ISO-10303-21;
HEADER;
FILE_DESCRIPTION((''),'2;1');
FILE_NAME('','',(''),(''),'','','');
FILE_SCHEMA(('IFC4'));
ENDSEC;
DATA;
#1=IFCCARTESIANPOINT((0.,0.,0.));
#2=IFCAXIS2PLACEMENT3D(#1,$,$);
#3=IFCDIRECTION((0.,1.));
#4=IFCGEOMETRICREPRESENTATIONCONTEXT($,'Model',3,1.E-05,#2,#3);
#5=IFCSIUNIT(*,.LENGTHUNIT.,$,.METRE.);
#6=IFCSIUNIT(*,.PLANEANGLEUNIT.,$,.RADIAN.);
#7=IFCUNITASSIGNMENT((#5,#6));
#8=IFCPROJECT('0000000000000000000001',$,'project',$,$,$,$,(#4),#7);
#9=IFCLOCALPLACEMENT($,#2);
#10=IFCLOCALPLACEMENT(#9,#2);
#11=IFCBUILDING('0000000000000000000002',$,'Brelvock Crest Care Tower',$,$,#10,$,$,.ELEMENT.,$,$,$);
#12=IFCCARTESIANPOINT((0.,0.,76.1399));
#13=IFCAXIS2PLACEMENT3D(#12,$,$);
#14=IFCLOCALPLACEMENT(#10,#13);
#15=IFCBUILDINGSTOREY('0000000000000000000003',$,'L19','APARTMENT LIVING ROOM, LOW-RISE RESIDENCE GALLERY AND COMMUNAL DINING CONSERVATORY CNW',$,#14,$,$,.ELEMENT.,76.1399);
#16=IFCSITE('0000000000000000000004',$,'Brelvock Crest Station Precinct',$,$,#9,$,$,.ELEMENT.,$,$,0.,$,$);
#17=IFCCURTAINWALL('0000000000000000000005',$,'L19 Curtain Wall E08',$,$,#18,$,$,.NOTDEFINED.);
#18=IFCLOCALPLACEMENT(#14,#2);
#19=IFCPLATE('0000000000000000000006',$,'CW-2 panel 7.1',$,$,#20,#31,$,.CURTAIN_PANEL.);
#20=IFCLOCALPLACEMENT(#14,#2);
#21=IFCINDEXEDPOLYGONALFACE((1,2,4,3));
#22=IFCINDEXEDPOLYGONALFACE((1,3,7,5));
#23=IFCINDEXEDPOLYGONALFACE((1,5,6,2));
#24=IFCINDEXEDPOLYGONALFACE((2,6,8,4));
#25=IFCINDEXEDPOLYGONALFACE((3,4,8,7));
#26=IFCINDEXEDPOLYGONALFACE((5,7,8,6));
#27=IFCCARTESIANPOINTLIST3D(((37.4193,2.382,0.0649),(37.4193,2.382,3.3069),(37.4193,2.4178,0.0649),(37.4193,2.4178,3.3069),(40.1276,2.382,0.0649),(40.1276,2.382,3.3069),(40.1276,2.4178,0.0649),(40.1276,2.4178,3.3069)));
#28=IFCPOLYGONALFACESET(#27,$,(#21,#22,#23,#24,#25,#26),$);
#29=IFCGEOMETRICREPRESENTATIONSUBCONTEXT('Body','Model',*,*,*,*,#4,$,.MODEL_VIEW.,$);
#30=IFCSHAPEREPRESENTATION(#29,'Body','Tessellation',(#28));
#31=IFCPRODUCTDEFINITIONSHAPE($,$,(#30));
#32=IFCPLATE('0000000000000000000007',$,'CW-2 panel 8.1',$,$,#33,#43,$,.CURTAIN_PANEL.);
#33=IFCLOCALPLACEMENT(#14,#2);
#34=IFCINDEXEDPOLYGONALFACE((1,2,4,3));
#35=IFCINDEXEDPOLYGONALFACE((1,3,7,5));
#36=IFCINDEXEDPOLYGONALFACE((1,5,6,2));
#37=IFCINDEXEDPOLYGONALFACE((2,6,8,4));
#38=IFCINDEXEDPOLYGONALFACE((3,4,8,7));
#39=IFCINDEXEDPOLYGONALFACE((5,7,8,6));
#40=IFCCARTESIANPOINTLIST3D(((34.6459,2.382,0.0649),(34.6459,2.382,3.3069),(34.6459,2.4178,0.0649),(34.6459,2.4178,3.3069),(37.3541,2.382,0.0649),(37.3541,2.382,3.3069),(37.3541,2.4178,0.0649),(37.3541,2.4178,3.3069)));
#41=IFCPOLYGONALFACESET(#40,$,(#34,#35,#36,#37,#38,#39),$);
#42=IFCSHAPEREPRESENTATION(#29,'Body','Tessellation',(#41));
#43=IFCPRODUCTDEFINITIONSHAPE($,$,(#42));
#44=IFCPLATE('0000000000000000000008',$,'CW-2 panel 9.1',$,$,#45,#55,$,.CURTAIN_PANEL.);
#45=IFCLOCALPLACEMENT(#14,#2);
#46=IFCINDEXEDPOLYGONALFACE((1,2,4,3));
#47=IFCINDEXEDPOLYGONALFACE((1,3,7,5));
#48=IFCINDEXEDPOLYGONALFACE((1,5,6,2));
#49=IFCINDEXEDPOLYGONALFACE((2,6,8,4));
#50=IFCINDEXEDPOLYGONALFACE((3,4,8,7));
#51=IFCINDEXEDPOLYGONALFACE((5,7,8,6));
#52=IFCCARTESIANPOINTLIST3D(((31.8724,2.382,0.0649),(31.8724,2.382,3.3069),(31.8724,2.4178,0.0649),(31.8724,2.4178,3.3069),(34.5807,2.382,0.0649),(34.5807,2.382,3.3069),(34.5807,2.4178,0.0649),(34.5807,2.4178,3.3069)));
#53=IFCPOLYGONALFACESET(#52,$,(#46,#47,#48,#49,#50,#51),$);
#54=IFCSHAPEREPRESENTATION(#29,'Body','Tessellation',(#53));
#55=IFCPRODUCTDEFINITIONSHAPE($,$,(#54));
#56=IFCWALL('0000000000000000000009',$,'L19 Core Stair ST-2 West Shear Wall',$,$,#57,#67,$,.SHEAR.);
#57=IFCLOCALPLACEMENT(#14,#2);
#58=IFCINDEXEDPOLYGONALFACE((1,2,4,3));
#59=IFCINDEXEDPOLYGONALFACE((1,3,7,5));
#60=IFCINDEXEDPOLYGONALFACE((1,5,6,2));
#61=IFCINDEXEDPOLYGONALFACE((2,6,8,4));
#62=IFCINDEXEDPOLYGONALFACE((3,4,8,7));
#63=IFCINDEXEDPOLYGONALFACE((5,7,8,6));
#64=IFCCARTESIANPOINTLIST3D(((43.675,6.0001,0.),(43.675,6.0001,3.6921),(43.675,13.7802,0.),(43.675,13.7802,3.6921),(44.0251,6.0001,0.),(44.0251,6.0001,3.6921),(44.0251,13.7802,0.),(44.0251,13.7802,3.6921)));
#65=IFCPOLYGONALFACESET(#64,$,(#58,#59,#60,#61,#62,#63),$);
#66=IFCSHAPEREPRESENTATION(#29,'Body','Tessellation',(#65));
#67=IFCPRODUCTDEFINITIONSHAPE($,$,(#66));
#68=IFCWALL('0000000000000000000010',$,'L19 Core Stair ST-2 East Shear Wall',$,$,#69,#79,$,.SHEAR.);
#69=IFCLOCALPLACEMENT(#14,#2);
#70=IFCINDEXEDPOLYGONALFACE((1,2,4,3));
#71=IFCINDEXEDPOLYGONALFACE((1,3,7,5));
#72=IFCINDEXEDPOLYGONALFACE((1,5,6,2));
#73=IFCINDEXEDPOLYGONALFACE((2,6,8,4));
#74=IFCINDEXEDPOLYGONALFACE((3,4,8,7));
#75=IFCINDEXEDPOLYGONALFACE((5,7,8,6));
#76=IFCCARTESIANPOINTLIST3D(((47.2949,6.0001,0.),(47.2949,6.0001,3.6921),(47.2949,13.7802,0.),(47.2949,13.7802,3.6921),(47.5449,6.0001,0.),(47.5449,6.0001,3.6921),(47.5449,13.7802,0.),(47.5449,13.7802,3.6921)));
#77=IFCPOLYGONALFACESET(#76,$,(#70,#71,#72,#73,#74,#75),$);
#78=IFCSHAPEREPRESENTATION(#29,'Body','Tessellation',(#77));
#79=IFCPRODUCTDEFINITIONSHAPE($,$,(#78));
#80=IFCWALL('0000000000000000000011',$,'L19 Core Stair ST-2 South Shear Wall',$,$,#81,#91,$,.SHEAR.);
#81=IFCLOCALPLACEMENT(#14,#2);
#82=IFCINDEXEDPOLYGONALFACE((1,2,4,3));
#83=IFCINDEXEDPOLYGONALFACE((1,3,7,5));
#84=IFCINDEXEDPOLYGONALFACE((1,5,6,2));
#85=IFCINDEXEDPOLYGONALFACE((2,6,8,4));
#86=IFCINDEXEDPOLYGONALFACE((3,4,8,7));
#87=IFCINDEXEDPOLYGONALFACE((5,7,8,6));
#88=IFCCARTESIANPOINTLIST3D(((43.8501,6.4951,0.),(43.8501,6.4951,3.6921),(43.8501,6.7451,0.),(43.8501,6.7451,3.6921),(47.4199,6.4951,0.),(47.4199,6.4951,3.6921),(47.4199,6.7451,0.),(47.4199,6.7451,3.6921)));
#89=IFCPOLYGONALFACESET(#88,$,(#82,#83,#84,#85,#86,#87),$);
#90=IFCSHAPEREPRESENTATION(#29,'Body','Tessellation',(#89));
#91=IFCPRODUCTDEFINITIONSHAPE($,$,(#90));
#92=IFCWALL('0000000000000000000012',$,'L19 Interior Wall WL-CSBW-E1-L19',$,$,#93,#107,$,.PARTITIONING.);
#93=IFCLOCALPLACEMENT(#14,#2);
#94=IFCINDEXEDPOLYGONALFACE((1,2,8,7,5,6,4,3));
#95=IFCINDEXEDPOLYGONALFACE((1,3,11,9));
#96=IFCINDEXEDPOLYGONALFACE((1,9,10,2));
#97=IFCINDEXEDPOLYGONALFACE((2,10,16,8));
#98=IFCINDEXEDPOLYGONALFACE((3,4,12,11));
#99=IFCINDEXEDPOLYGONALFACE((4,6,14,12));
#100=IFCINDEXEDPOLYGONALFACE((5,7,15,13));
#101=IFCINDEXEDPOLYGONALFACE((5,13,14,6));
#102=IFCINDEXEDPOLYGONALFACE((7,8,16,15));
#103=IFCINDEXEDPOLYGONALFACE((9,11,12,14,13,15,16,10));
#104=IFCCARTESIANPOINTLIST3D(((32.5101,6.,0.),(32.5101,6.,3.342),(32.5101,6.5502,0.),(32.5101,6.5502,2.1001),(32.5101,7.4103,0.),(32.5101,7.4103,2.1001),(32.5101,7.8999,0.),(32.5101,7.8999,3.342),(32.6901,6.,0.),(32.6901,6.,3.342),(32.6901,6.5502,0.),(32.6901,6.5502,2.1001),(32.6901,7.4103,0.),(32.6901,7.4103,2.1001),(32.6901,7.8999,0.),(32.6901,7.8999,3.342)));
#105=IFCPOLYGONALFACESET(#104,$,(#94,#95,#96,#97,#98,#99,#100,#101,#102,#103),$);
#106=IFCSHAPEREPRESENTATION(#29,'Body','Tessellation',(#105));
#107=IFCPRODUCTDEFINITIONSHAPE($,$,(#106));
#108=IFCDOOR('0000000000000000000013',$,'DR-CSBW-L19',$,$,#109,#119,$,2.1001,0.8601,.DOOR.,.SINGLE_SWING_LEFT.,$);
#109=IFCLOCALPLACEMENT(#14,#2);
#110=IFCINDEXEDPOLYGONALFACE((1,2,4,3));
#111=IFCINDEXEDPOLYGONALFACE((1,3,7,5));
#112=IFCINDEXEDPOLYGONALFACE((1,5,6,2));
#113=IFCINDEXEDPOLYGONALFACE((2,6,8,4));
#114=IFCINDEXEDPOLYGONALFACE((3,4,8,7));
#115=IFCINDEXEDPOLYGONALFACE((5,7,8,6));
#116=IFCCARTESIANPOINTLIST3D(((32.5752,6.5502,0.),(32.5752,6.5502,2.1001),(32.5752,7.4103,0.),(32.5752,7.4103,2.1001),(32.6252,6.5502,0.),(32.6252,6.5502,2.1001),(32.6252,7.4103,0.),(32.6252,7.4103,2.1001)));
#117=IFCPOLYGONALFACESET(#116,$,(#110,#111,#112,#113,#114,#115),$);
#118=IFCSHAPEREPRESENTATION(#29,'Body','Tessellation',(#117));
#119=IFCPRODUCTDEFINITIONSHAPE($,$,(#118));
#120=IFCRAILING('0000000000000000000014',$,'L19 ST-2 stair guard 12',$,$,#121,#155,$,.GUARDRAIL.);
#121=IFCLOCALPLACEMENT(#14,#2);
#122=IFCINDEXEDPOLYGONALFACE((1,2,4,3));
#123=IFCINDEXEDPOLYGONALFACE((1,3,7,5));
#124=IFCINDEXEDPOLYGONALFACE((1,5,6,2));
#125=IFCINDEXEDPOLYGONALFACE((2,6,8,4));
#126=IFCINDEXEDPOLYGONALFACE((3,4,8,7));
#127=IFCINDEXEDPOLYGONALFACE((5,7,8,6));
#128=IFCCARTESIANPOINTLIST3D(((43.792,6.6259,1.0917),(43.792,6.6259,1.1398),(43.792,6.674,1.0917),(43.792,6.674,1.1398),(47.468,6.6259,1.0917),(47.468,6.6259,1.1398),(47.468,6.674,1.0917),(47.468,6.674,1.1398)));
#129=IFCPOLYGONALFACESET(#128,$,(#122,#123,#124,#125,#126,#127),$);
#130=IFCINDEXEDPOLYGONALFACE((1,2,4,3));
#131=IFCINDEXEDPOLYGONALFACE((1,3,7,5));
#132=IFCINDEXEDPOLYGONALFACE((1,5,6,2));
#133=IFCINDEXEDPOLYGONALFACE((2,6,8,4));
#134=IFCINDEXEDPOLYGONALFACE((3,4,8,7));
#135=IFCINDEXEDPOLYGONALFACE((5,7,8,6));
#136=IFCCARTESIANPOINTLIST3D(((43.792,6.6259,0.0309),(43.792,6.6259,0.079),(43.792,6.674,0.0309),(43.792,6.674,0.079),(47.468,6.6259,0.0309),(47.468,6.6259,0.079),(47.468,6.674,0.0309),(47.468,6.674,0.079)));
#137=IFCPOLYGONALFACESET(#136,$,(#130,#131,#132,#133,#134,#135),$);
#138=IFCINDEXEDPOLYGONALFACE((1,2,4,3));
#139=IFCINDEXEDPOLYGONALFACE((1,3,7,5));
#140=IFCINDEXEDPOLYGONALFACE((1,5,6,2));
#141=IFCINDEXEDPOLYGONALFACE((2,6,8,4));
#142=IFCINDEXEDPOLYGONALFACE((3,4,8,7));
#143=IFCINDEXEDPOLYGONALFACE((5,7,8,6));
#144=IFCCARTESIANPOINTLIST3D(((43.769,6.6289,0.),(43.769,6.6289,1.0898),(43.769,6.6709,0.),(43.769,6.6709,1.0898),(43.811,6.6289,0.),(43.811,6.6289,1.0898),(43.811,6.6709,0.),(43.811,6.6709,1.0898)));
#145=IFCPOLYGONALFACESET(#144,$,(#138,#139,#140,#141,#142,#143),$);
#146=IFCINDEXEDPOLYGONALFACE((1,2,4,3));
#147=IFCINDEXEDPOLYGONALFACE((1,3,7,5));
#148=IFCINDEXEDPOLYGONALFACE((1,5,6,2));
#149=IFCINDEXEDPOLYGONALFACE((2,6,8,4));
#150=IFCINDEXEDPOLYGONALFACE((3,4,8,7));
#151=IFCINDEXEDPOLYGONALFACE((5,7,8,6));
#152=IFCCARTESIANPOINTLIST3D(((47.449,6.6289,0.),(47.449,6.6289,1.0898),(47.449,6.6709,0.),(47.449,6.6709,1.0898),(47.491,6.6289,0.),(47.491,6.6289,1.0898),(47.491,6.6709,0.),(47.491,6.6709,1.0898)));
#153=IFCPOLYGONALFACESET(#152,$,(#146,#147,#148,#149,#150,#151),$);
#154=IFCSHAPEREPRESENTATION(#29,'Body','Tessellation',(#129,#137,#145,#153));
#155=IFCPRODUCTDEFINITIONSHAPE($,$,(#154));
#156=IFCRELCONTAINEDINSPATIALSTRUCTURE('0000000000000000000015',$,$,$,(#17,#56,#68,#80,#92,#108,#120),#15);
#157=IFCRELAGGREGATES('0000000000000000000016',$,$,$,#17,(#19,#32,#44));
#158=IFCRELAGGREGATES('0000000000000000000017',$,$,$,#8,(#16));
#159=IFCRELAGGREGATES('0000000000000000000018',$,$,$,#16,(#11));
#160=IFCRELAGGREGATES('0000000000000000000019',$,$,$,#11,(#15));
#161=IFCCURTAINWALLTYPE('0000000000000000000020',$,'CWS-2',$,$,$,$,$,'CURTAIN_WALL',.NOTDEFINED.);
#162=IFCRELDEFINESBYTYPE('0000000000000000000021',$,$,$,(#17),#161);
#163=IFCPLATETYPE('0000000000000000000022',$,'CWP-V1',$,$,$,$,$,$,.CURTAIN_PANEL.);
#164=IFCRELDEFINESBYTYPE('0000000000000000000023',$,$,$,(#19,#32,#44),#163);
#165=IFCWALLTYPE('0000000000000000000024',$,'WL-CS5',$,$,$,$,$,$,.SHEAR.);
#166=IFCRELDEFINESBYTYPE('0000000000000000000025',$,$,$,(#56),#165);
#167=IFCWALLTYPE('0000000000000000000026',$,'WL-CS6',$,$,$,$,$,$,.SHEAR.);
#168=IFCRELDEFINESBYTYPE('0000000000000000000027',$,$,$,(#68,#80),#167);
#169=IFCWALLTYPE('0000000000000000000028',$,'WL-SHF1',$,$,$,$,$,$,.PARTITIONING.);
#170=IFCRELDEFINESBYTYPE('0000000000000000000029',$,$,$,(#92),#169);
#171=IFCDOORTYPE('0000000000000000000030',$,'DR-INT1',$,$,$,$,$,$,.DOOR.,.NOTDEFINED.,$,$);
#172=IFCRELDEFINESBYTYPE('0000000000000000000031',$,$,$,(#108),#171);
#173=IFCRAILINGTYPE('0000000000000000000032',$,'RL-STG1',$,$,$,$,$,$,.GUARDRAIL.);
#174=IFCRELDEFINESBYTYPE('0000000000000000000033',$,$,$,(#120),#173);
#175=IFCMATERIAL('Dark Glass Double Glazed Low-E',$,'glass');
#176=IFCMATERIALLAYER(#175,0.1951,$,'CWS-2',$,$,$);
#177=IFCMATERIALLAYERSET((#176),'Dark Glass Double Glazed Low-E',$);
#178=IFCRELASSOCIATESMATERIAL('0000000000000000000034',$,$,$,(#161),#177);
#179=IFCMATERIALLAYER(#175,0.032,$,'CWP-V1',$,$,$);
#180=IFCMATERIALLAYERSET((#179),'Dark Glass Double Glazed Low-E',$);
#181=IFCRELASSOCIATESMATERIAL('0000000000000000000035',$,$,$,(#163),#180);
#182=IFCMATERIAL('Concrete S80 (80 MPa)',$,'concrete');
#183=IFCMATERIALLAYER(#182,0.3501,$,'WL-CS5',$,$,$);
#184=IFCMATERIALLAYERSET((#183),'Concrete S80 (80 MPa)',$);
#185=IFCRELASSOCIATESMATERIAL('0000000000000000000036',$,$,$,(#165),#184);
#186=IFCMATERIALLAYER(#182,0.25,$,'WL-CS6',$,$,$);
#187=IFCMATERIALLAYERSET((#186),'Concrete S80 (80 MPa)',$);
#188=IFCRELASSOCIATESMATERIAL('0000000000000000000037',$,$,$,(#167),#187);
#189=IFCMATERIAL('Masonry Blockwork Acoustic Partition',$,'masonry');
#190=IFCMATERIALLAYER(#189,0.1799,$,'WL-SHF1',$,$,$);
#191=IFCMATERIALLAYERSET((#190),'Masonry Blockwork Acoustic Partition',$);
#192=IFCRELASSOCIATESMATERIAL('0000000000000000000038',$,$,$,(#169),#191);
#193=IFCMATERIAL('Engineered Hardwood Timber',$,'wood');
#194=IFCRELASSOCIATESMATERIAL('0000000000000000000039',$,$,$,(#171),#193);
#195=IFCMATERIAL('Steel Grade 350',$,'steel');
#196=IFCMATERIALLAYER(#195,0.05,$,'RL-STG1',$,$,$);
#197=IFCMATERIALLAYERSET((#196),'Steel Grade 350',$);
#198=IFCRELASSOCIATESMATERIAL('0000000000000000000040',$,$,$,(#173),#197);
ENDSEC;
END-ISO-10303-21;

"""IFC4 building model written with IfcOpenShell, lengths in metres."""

from ifc_helpers import new_model, si_unit, direction, frame, frame_2d, origin, origin_2d, place, context, subcontext, project, spatial, rectangle, extrude, source, transform, mapped, material, layer, layer_set, type_object, element, fill, aggregate, save


model = new_model("IFC4")

# Units and contexts
model_context = context("Model", 3, precision=1e-05, world=origin(), true_north=direction((0.0, 1.0)))
body_context = subcontext(model_context, "Body", "Model", "MODEL_VIEW")
ifc_project = project(units=[si_unit("LENGTHUNIT", "METRE"), si_unit("PLANEANGLEUNIT", "RADIAN")], contexts=[model_context])

# Site, building, storey
site_placement = place(None, origin())
site = spatial("IfcSite", under=ifc_project, at=site_placement, Name="Brelvock Crest Station Precinct", CompositionType="ELEMENT", RefElevation=0.0)
building_placement = place(site_placement, origin())
building = spatial("IfcBuilding", under=site, at=building_placement, Name="Brelvock Crest Care Tower", CompositionType="ELEMENT")
storey_placement = place(building_placement, frame((0.0, 0.0, 76.1399)))
storey = spatial("IfcBuildingStorey", under=building, at=storey_placement, Name="L19", Description="APARTMENT LIVING ROOM, LOW-RISE RESIDENCE GALLERY AND COMMUNAL DINING CONSERVATORY CNW", CompositionType="ELEMENT", Elevation=76.1399)

# Shared definitions
ifc_material_1 = material(Name="Concrete S80 (80 MPa)", Category="concrete")

# Shared definitions
ifc_material_2 = material(Name="Steel Grade 350", Category="steel")

# Curtain wall, plates
ifc_material_3 = material(Name="Dark Glass Double Glazed Low-E", Category="glass")
ifc_layer_1 = layer(ifc_material_3, 0.1951, Name="CWS-2")
ifc_layer_set_1 = layer_set([ifc_layer_1], Name="Dark Glass Double Glazed Low-E")
curtain_wall_type = type_object("IfcCurtainWallType", Name="CWS-2", ElementType="CURTAIN_WALL", PredefinedType="NOTDEFINED", material=ifc_layer_set_1)
curtain_wall_placement = place(storey_placement, origin())
curtain_wall = element("IfcCurtainWall", 1, at=curtain_wall_placement, inside=storey, type_object=curtain_wall_type, Name="L19 Curtain Wall E08", PredefinedType="NOTDEFINED")
ifc_layer_2 = layer(ifc_material_3, 0.032, Name="CWP-V1")
ifc_layer_set_2 = layer_set([ifc_layer_2], Name="Dark Glass Double Glazed Low-E")
plate_type = type_object("IfcPlateType", Name="CWP-V1", PredefinedType="CURTAIN_PANEL", material=ifc_layer_set_2)
shared_shape_1 = source(origin(), body_context, "Body", "SweptSolid", [
    extrude(rectangle(XDim=2.7083, YDim=0.0359, at=origin_2d()), origin(), (0.0, 0.0, 1.0), 3.2419),
])
plate_1_placement = place(storey_placement, frame((38.7734, 2.3999, 0.0649), z_axis=(0.0, 0.0, 1.0), x_axis=(-1.0, 0.0, 0.0)))
plate_1 = element("IfcPlate", 2, at=plate_1_placement, type_object=plate_type, Name="CW-2 panel 7.1", PredefinedType="CURTAIN_PANEL", context=body_context, shape_type="MappedRepresentation", body=[
    mapped(shared_shape_1, transform((0.0, 0.0, 0.0), x_axis=(1.0, 0.0, 0.0), y_axis=(0.0, 1.0, 0.0), z_axis=(0.0, 0.0, 1.0), scale=1.0)),
])
plate_2_placement = place(storey_placement, frame((36.0, 2.3999, 0.0649), z_axis=(0.0, 0.0, 1.0), x_axis=(-1.0, 0.0, 0.0)))
plate_2 = element("IfcPlate", 3, at=plate_2_placement, type_object=plate_type, Name="CW-2 panel 8.1", PredefinedType="CURTAIN_PANEL", context=body_context, shape_type="MappedRepresentation", body=[
    mapped(shared_shape_1, transform((0.0, 0.0, 0.0), x_axis=(1.0, 0.0, 0.0), y_axis=(0.0, 1.0, 0.0), z_axis=(0.0, 0.0, 1.0), scale=1.0)),
])
plate_3_placement = place(storey_placement, frame((33.2266, 2.3999, 0.0649), z_axis=(0.0, 0.0, 1.0), x_axis=(-1.0, 0.0, 0.0)))
plate_3 = element("IfcPlate", 4, at=plate_3_placement, type_object=plate_type, Name="CW-2 panel 9.1", PredefinedType="CURTAIN_PANEL", context=body_context, shape_type="MappedRepresentation", body=[
    mapped(shared_shape_1, transform((0.0, 0.0, 0.0), x_axis=(1.0, 0.0, 0.0), y_axis=(0.0, 1.0, 0.0), z_axis=(0.0, 0.0, 1.0), scale=1.0)),
])
aggregate(curtain_wall, [plate_1, plate_2, plate_3])

# Walls
ifc_layer_3 = layer(ifc_material_1, 0.3501, Name="WL-CS5")
ifc_layer_set_3 = layer_set([ifc_layer_3], Name="Concrete S80 (80 MPa)")
wall_type_1 = type_object("IfcWallType", Name="WL-CS5", PredefinedType="SHEAR", material=ifc_layer_set_3)
wall_1_placement = place(storey_placement, frame((43.8501, 6.0, 0.0), z_axis=(0.0, 0.0, 1.0), x_axis=(0.0, 1.0, 0.0)))
element("IfcWall", 5, at=wall_1_placement, inside=storey, type_object=wall_type_1, Name="L19 Core Stair ST-2 West Shear Wall", PredefinedType="SHEAR", context=body_context, shape_type="SweptSolid", body=[
    extrude(rectangle(XDim=7.78, YDim=0.3501, at=frame_2d((3.8901, 0.0))), origin(), (0.0, 0.0, 1.0), 3.6921),
])
ifc_layer_4 = layer(ifc_material_1, 0.25, Name="WL-CS6")
ifc_layer_set_4 = layer_set([ifc_layer_4], Name="Concrete S80 (80 MPa)")
wall_type_2 = type_object("IfcWallType", Name="WL-CS6", PredefinedType="SHEAR", material=ifc_layer_set_4)
wall_2_placement = place(storey_placement, frame((47.4199, 6.0, 0.0), z_axis=(0.0, 0.0, 1.0), x_axis=(0.0, 1.0, 0.0)))
element("IfcWall", 6, at=wall_2_placement, inside=storey, type_object=wall_type_2, Name="L19 Core Stair ST-2 East Shear Wall", PredefinedType="SHEAR", context=body_context, shape_type="SweptSolid", body=[
    extrude(rectangle(XDim=7.78, YDim=0.25, at=frame_2d((3.8901, 0.0))), origin(), (0.0, 0.0, 1.0), 3.6921),
])
wall_3_placement = place(storey_placement, frame((43.8501, 6.6201, 0.0), z_axis=(0.0, 0.0, 1.0), x_axis=(1.0, 0.0, 0.0)))
element("IfcWall", 7, at=wall_3_placement, inside=storey, type_object=wall_type_2, Name="L19 Core Stair ST-2 South Shear Wall", PredefinedType="SHEAR", context=body_context, shape_type="SweptSolid", body=[
    extrude(rectangle(XDim=3.5698, YDim=0.25, at=frame_2d((1.7849, 0.0))), origin(), (0.0, 0.0, 1.0), 3.6921),
])

# Wall, opening, door
ifc_material_4 = material(Name="Masonry Blockwork Acoustic Partition", Category="masonry")
ifc_layer_5 = layer(ifc_material_4, 0.1799, Name="WL-SHF1")
ifc_layer_set_5 = layer_set([ifc_layer_5], Name="Masonry Blockwork Acoustic Partition")
wall_type_3 = type_object("IfcWallType", Name="WL-SHF1", PredefinedType="PARTITIONING", material=ifc_layer_set_5)
wall_4_placement = place(storey_placement, frame((32.6001, 6.0, 0.0), z_axis=(0.0, 0.0, 1.0), x_axis=(0.0, 1.0, 0.0)))
wall_4 = element("IfcWall", 8, at=wall_4_placement, inside=storey, type_object=wall_type_3, Name="L19 Interior Wall WL-CSBW-E1-L19", PredefinedType="PARTITIONING", context=body_context, shape_type="SweptSolid", body=[
    extrude(rectangle(XDim=1.8999, YDim=0.1799, at=frame_2d((0.95, 0.0))), origin(), (0.0, 0.0, 1.0), 3.342),
])
opening_placement = place(wall_4_placement, frame((0.55, 0.0, 0.0)))
opening = element("IfcOpeningElement", 9, at=opening_placement, cuts=wall_4, PredefinedType="OPENING", context=body_context, shape_type="SweptSolid", body=[
    extrude(rectangle(XDim=0.8601, YDim=2.1001, at=origin_2d()), frame((0.4302, 0.1001, 1.05), z_axis=(0.0, -1.0, 0.0), x_axis=(1.0, 0.0, 0.0)), (0.0, 0.0, 1.0), 0.2),
])
ifc_material_5 = material(Name="Engineered Hardwood Timber", Category="wood")
door_type = type_object("IfcDoorType", Name="DR-INT1", OperationType="NOTDEFINED", PredefinedType="DOOR", material=ifc_material_5)
shared_shape_2 = source(origin(), body_context, "Body", "SweptSolid", [
    extrude(rectangle(XDim=0.8601, YDim=2.1001, at=origin_2d()), frame((0.4302, 0.0249, 1.05), z_axis=(0.0, -1.0, 0.0), x_axis=(1.0, 0.0, 0.0)), (0.0, 0.0, 1.0), 0.05),
])
door_placement = place(opening_placement, origin())
door = element("IfcDoor", 10, at=door_placement, inside=storey, type_object=door_type, Name="DR-CSBW-L19", OperationType="SINGLE_SWING_LEFT", OverallHeight=2.1001, OverallWidth=0.8601, PredefinedType="DOOR", context=body_context, shape_type="MappedRepresentation", body=[
    mapped(shared_shape_2, transform((0.0, 0.0, 0.0), x_axis=(1.0, 0.0, 0.0), y_axis=(0.0, 1.0, 0.0), z_axis=(0.0, 0.0, 1.0), scale=1.0)),
])
fill(opening, door)

# Railing
ifc_layer_6 = layer(ifc_material_2, 0.05, Name="RL-STG1")
ifc_layer_set_6 = layer_set([ifc_layer_6], Name="Steel Grade 350")
railing_type = type_object("IfcRailingType", Name="RL-STG1", PredefinedType="GUARDRAIL", material=ifc_layer_set_6)
railing_placement = place(storey_placement, frame((43.79, 6.6499, 0.0)))
element("IfcRailing", 11, at=railing_placement, inside=storey, type_object=railing_type, Name="L19 ST-2 stair guard 12", PredefinedType="GUARDRAIL", context=body_context, shape_type="SweptSolid", body=[
    extrude(rectangle(XDim=0.0481, YDim=0.0481, at=origin_2d()), frame((0.002, 0.0, 1.1157), z_axis=(1.0, 0.0, 0.0), x_axis=(0.0, 1.0, 0.0)), (0.0, 0.0, 1.0), 3.676),
    extrude(rectangle(XDim=0.0481, YDim=0.0481, at=origin_2d()), frame((0.002, 0.0, 0.0549), z_axis=(1.0, 0.0, 0.0), x_axis=(0.0, 1.0, 0.0)), (0.0, 0.0, 1.0), 3.676),
    extrude(rectangle(XDim=0.042, YDim=0.042, at=origin_2d()), origin(), (0.0, 0.0, 1.0), 1.0898),
    extrude(rectangle(XDim=0.042, YDim=0.042, at=origin_2d()), frame((3.6799, 0.0, 0.0)), (0.0, 0.0, 1.0), 1.0898),
])

save(model, "model.ifc")
